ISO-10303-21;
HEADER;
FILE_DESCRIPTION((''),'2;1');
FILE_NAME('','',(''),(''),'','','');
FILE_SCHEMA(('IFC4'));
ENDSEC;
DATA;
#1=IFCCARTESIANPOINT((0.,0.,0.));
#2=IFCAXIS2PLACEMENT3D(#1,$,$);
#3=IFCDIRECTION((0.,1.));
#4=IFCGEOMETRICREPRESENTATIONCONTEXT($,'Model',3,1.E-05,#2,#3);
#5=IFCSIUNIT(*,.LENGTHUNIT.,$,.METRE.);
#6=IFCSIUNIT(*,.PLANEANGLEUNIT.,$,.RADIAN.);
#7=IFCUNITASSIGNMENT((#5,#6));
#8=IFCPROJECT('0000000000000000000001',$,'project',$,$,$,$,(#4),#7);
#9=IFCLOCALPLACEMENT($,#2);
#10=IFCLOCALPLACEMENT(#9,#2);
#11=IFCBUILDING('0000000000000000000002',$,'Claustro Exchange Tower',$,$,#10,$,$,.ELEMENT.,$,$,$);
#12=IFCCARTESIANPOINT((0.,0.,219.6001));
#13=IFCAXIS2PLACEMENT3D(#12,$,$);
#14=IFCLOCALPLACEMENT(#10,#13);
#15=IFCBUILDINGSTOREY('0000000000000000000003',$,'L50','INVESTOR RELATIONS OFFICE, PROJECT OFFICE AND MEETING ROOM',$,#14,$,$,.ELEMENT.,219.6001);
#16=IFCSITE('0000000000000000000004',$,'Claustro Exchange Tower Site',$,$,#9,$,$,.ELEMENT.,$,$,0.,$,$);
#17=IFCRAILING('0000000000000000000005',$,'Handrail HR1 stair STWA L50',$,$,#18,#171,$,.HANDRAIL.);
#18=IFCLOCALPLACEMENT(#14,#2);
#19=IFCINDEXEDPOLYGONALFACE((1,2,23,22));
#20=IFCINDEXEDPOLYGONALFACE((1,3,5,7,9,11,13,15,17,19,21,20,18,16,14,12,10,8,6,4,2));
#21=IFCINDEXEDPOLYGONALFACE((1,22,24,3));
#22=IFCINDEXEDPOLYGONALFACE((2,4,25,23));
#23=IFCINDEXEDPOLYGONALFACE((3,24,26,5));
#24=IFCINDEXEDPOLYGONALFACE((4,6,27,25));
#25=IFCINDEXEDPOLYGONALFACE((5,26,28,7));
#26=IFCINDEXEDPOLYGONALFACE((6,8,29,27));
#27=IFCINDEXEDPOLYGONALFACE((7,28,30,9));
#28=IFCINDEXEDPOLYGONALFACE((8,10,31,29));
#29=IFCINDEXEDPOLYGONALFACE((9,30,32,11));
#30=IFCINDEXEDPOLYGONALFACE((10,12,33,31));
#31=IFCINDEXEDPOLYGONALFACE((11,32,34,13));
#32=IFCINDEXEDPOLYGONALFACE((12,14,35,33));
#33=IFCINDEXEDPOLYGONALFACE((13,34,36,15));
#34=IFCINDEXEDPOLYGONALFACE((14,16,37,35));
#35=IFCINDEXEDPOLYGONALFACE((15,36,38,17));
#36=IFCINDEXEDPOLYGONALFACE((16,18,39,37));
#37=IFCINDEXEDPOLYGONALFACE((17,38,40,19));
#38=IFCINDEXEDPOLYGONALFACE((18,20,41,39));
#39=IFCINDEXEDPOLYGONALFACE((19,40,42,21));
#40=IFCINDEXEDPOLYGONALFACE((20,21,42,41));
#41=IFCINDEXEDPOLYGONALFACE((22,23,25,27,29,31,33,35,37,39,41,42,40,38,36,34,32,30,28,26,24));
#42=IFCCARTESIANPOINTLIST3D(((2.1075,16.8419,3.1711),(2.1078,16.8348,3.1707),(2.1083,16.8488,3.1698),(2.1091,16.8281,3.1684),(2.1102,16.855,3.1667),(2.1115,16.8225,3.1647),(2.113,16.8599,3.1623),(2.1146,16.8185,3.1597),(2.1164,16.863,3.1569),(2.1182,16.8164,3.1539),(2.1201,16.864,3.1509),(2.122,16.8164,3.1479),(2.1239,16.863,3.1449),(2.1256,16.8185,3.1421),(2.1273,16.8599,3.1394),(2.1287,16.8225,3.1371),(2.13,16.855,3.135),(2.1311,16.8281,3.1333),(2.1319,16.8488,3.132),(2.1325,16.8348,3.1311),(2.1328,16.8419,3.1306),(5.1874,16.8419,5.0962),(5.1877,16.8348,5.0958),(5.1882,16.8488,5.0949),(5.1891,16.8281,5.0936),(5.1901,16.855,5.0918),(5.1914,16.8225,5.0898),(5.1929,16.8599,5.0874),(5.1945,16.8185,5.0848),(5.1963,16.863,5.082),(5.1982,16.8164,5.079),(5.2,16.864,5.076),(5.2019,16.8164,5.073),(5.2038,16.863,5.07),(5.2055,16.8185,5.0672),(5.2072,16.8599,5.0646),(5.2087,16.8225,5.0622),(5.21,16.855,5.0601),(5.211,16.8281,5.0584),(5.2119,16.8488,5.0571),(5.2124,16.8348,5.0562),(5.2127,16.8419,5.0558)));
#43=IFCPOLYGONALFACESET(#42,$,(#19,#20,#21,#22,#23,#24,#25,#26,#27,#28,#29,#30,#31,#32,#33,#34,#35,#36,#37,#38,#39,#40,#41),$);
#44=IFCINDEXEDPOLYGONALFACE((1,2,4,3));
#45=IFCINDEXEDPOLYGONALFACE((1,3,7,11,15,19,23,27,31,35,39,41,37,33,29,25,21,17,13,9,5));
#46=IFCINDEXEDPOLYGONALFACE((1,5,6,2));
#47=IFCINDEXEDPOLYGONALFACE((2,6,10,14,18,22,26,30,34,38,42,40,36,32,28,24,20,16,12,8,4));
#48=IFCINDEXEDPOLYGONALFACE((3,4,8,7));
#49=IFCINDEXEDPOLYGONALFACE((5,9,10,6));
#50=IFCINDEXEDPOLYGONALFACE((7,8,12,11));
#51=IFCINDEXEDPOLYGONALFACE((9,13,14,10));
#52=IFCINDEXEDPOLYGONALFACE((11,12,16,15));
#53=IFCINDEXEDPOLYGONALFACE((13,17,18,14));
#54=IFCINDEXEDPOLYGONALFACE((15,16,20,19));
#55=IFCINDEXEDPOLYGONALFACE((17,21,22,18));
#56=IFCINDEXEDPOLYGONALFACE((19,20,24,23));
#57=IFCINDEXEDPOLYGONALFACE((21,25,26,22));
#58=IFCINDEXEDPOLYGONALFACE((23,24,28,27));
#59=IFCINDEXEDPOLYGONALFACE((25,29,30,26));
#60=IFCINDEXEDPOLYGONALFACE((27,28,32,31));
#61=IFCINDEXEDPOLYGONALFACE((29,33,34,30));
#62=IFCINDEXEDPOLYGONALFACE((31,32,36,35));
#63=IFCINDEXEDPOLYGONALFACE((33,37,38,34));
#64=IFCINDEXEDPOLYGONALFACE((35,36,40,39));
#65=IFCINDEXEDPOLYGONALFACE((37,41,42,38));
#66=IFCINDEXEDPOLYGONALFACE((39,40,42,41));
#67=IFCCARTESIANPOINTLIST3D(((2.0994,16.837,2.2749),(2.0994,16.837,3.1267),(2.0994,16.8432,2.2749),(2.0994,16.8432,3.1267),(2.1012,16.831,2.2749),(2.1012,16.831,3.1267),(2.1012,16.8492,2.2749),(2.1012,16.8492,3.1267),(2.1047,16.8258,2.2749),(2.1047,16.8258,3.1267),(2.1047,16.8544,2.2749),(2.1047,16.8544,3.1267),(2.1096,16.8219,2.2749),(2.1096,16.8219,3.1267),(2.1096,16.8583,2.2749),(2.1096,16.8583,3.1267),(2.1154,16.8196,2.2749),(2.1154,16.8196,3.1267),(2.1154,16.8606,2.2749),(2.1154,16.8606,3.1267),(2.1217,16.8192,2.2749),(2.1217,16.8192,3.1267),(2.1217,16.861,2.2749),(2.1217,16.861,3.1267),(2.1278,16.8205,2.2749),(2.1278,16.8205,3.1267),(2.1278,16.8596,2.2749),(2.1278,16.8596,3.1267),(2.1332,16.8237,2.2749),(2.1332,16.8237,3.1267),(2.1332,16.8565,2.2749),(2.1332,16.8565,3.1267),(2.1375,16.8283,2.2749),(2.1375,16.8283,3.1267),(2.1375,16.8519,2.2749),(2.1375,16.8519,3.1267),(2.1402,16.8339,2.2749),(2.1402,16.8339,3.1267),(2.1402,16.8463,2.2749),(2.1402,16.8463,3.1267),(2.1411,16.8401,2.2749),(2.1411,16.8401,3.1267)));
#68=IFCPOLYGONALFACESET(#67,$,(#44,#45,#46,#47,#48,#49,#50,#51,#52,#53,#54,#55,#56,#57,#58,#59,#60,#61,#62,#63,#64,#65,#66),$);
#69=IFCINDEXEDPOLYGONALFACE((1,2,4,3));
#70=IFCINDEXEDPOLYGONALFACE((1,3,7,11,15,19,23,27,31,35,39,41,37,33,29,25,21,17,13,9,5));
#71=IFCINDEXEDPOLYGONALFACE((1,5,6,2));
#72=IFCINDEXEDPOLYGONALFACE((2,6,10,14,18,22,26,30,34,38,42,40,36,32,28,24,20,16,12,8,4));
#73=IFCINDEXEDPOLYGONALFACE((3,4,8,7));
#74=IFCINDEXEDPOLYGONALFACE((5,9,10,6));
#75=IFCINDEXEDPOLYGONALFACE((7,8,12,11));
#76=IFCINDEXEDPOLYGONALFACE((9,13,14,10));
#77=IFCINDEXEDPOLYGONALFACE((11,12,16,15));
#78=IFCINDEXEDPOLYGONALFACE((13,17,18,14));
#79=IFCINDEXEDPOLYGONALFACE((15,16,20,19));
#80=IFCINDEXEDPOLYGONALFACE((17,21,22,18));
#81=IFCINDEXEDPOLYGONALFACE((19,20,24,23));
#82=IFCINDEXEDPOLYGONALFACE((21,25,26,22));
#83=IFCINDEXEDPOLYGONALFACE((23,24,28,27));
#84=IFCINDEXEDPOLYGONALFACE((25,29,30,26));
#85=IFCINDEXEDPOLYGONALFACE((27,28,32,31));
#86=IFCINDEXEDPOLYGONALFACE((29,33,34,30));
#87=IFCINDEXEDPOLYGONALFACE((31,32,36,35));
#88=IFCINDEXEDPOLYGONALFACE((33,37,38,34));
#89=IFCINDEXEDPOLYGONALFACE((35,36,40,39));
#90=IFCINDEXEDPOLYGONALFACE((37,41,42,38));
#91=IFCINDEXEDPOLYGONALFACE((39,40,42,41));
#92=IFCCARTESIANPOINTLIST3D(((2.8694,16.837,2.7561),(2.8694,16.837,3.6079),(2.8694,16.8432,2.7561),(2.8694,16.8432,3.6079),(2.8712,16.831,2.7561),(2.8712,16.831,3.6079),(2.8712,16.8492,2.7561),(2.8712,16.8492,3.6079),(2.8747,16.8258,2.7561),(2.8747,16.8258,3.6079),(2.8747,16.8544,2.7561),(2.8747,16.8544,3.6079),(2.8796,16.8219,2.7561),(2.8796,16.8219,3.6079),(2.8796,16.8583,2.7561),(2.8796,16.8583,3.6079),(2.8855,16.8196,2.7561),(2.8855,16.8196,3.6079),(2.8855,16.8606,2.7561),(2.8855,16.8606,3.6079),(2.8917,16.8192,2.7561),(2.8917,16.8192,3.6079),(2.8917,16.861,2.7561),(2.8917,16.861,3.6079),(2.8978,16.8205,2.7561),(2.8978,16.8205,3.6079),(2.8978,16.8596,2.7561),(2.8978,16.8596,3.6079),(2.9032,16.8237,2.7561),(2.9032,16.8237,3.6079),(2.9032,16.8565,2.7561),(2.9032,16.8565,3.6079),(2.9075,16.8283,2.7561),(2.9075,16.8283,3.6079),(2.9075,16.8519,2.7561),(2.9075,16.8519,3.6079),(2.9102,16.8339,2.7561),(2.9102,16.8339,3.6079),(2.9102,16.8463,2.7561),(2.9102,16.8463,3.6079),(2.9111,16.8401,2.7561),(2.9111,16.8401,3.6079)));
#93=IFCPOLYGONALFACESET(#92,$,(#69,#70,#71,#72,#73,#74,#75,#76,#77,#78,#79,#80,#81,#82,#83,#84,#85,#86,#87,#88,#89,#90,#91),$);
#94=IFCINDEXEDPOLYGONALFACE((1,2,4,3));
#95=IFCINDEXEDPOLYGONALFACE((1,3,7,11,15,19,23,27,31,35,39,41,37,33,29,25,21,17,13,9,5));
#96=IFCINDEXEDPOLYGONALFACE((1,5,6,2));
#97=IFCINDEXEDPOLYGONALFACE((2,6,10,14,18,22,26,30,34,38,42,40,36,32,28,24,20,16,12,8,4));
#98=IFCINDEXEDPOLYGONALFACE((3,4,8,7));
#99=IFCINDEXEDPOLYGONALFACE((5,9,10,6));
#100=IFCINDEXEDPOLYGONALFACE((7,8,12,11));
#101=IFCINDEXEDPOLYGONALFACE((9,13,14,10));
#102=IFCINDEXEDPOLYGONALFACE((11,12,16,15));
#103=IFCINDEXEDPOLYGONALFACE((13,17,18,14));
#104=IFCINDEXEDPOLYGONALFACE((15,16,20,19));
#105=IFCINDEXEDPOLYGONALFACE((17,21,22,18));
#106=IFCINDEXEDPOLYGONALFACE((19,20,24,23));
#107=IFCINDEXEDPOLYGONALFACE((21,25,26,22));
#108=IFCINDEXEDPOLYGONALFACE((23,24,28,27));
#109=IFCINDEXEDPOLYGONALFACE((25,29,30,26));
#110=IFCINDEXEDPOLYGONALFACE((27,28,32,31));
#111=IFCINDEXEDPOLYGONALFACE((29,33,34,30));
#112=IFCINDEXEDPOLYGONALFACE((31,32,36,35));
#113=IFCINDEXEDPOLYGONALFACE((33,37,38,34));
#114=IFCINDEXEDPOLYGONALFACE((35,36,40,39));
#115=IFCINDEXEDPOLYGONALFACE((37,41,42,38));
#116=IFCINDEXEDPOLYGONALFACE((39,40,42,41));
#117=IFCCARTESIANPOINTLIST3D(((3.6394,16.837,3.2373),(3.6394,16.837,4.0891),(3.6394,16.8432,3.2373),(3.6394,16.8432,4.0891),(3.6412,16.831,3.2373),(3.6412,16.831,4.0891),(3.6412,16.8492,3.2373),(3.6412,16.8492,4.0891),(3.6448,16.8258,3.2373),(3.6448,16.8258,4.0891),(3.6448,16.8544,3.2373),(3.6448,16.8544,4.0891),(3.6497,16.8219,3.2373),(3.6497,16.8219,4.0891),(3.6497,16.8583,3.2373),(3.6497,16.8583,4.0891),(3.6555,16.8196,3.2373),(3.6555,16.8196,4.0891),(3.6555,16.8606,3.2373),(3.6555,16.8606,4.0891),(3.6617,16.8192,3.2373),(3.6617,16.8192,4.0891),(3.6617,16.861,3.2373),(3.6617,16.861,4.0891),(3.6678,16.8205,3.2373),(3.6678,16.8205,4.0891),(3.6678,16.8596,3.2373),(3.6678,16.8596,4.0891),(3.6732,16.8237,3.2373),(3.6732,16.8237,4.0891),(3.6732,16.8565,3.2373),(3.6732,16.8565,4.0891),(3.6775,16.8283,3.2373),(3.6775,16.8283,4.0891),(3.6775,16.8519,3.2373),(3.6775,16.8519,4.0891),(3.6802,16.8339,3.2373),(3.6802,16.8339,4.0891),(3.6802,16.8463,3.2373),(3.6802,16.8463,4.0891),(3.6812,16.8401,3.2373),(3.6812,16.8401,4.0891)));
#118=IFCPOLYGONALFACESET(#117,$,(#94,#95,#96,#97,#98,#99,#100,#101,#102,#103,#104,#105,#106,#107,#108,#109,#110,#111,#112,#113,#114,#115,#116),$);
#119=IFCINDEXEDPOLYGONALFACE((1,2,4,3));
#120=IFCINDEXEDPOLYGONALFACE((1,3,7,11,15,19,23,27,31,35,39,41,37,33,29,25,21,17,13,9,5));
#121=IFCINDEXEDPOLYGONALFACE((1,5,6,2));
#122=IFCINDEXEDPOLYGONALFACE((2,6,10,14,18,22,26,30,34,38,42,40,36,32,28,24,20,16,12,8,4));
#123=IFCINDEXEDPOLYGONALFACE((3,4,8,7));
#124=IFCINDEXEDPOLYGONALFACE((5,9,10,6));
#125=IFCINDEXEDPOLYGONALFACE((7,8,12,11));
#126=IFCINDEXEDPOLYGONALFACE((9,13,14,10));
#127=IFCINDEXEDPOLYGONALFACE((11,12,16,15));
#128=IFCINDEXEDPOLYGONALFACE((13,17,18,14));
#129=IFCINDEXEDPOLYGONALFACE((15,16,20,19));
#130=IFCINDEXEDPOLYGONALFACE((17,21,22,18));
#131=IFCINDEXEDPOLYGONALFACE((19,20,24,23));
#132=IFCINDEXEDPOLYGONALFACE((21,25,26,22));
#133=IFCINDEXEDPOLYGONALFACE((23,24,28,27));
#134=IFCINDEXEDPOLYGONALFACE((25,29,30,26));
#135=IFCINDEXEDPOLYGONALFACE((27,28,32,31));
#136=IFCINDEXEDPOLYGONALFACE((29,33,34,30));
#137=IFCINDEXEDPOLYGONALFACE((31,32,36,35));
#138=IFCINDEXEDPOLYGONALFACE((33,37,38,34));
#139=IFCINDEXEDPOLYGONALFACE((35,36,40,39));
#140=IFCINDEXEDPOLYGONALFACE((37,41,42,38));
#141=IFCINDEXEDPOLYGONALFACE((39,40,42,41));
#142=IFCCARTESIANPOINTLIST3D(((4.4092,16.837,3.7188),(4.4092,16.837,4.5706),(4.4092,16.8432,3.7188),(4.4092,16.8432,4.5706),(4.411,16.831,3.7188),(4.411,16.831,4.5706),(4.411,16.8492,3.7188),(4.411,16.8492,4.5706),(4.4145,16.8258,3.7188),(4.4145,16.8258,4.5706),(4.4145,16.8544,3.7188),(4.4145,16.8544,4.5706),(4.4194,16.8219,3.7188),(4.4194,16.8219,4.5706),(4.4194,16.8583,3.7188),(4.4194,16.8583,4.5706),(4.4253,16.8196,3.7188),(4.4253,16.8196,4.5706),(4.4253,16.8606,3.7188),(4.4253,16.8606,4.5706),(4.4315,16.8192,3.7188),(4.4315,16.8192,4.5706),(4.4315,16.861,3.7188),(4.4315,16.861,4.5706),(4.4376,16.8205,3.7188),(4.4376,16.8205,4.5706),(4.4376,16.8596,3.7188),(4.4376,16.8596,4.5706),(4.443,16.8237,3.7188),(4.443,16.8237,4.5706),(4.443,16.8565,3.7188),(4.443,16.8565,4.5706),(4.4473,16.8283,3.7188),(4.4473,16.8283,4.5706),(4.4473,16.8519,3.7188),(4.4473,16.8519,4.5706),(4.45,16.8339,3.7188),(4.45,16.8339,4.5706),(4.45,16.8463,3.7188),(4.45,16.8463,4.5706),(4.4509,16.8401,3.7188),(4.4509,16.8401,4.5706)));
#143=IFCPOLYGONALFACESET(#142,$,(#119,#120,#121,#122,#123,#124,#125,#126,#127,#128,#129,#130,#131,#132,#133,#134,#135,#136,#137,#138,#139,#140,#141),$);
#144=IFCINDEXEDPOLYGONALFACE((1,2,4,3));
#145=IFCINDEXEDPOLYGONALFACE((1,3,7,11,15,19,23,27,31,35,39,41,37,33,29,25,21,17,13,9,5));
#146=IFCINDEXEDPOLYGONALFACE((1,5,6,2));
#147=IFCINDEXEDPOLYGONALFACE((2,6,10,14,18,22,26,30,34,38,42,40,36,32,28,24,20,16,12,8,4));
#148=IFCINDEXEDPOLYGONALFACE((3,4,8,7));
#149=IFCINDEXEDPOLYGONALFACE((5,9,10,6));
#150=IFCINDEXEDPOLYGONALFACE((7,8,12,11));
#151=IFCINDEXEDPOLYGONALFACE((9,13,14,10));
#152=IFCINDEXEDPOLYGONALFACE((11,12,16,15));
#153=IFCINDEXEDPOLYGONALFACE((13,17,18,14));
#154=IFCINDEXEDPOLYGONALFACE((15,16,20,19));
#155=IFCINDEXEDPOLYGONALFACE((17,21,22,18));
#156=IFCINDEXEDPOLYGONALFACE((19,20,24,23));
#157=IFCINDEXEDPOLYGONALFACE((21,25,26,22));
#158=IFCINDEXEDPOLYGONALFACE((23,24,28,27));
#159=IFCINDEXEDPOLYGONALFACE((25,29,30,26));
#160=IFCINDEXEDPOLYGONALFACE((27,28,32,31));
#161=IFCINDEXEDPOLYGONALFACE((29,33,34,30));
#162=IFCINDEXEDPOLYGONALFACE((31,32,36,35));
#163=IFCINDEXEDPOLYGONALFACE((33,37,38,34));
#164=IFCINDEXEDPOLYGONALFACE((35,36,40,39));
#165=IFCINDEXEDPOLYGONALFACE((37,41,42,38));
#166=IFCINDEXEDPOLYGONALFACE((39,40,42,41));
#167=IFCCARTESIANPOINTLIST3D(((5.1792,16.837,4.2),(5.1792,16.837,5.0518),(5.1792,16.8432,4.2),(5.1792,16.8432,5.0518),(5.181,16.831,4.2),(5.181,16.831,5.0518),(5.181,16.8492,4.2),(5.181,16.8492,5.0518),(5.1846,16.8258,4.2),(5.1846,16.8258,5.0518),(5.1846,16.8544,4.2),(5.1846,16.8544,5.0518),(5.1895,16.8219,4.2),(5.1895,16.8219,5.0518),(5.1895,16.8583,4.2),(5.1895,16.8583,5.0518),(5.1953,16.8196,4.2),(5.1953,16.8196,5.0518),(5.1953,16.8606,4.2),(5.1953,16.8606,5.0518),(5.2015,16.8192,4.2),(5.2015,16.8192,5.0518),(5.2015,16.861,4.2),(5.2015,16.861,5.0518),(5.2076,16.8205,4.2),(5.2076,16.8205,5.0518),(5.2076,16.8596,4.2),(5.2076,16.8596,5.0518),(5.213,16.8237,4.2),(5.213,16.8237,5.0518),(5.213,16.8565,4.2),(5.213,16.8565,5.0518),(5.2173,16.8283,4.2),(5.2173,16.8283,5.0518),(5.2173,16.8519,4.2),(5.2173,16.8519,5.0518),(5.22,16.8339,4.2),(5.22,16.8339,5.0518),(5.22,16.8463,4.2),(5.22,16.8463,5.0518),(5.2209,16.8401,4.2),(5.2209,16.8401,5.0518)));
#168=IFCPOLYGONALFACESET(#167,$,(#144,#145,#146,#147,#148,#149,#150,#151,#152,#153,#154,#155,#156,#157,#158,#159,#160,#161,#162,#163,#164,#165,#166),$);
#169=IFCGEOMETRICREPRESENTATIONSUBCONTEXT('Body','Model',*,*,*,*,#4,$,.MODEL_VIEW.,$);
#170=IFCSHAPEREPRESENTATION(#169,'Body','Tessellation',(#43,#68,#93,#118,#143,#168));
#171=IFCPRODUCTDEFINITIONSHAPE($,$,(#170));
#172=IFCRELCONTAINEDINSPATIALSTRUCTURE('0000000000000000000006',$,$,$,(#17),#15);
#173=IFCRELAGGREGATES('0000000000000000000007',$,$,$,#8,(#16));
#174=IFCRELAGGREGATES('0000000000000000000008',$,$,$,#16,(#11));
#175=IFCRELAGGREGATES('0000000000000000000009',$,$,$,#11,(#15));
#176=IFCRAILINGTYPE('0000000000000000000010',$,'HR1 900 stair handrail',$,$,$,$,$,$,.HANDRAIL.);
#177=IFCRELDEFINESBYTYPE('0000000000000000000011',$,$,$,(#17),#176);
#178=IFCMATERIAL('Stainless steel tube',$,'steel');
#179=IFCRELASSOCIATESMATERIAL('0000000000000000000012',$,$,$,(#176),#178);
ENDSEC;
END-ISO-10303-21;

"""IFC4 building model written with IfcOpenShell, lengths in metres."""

from ifc_helpers import new_model, si_unit, direction, frame, origin, origin_2d, place, context, subcontext, project, spatial, circle, extrude, material, type_object, element, save


model = new_model("IFC4")

# Units and contexts
model_context = context("Model", 3, precision=1e-05, world=origin(), true_north=direction((0.0, 1.0)))
body_context = subcontext(model_context, "Body", "Model", "MODEL_VIEW")
ifc_project = project(units=[si_unit("LENGTHUNIT", "METRE"), si_unit("PLANEANGLEUNIT", "RADIAN")], contexts=[model_context])

# Site, building, storey
site_placement = place(None, origin())
site = spatial("IfcSite", under=ifc_project, at=site_placement, Name="Claustro Exchange Tower Site", CompositionType="ELEMENT", RefElevation=0.0)
building_placement = place(site_placement, origin())
building = spatial("IfcBuilding", under=site, at=building_placement, Name="Claustro Exchange Tower", CompositionType="ELEMENT")
storey_placement = place(building_placement, frame((0.0, 0.0, 219.6001)))
storey = spatial("IfcBuildingStorey", under=building, at=storey_placement, Name="L50", Description="INVESTOR RELATIONS OFFICE, PROJECT OFFICE AND MEETING ROOM", CompositionType="ELEMENT", Elevation=219.6001)

# Railing
ifc_material_1 = material(Name="Stainless steel tube", Category="steel")
railing_type_1 = type_object("IfcRailingType", Name="HR1 900 stair handrail", PredefinedType="HANDRAIL", material=ifc_material_1)
railing_1_placement = place(storey_placement, frame((2.1201, 16.8401, 2.2749)))
element("IfcRailing", 1, at=railing_1_placement, inside=storey, type_object=railing_type_1, Name="Handrail HR1 stair STWA L50", PredefinedType="HANDRAIL", context=body_context, shape_type="SweptSolid", body=[
    extrude(circle(Radius=0.0239, at=origin_2d()), frame((0.0, 0.0, 0.876), z_axis=(0.847979, 0.0, 0.530029), x_axis=(0.0, 1.0, 0.0)), (0.0, 0.0, 1.0), 3.6321),
    extrude(circle(Radius=0.021, at=origin_2d()), origin(), (0.0, 0.0, 1.0), 0.8518),
    extrude(circle(Radius=0.021, at=origin_2d()), frame((0.77, 0.0, 0.4812)), (0.0, 0.0, 1.0), 0.8518),
    extrude(circle(Radius=0.021, at=origin_2d()), frame((1.54, 0.0, 0.9624)), (0.0, 0.0, 1.0), 0.8518),
    extrude(circle(Radius=0.021, at=origin_2d()), frame((2.3098, 0.0, 1.4438)), (0.0, 0.0, 1.0), 0.8518),
    extrude(circle(Radius=0.021, at=origin_2d()), frame((3.0798, 0.0, 1.925)), (0.0, 0.0, 1.0), 0.8518),
])

save(model, "model.ifc")
